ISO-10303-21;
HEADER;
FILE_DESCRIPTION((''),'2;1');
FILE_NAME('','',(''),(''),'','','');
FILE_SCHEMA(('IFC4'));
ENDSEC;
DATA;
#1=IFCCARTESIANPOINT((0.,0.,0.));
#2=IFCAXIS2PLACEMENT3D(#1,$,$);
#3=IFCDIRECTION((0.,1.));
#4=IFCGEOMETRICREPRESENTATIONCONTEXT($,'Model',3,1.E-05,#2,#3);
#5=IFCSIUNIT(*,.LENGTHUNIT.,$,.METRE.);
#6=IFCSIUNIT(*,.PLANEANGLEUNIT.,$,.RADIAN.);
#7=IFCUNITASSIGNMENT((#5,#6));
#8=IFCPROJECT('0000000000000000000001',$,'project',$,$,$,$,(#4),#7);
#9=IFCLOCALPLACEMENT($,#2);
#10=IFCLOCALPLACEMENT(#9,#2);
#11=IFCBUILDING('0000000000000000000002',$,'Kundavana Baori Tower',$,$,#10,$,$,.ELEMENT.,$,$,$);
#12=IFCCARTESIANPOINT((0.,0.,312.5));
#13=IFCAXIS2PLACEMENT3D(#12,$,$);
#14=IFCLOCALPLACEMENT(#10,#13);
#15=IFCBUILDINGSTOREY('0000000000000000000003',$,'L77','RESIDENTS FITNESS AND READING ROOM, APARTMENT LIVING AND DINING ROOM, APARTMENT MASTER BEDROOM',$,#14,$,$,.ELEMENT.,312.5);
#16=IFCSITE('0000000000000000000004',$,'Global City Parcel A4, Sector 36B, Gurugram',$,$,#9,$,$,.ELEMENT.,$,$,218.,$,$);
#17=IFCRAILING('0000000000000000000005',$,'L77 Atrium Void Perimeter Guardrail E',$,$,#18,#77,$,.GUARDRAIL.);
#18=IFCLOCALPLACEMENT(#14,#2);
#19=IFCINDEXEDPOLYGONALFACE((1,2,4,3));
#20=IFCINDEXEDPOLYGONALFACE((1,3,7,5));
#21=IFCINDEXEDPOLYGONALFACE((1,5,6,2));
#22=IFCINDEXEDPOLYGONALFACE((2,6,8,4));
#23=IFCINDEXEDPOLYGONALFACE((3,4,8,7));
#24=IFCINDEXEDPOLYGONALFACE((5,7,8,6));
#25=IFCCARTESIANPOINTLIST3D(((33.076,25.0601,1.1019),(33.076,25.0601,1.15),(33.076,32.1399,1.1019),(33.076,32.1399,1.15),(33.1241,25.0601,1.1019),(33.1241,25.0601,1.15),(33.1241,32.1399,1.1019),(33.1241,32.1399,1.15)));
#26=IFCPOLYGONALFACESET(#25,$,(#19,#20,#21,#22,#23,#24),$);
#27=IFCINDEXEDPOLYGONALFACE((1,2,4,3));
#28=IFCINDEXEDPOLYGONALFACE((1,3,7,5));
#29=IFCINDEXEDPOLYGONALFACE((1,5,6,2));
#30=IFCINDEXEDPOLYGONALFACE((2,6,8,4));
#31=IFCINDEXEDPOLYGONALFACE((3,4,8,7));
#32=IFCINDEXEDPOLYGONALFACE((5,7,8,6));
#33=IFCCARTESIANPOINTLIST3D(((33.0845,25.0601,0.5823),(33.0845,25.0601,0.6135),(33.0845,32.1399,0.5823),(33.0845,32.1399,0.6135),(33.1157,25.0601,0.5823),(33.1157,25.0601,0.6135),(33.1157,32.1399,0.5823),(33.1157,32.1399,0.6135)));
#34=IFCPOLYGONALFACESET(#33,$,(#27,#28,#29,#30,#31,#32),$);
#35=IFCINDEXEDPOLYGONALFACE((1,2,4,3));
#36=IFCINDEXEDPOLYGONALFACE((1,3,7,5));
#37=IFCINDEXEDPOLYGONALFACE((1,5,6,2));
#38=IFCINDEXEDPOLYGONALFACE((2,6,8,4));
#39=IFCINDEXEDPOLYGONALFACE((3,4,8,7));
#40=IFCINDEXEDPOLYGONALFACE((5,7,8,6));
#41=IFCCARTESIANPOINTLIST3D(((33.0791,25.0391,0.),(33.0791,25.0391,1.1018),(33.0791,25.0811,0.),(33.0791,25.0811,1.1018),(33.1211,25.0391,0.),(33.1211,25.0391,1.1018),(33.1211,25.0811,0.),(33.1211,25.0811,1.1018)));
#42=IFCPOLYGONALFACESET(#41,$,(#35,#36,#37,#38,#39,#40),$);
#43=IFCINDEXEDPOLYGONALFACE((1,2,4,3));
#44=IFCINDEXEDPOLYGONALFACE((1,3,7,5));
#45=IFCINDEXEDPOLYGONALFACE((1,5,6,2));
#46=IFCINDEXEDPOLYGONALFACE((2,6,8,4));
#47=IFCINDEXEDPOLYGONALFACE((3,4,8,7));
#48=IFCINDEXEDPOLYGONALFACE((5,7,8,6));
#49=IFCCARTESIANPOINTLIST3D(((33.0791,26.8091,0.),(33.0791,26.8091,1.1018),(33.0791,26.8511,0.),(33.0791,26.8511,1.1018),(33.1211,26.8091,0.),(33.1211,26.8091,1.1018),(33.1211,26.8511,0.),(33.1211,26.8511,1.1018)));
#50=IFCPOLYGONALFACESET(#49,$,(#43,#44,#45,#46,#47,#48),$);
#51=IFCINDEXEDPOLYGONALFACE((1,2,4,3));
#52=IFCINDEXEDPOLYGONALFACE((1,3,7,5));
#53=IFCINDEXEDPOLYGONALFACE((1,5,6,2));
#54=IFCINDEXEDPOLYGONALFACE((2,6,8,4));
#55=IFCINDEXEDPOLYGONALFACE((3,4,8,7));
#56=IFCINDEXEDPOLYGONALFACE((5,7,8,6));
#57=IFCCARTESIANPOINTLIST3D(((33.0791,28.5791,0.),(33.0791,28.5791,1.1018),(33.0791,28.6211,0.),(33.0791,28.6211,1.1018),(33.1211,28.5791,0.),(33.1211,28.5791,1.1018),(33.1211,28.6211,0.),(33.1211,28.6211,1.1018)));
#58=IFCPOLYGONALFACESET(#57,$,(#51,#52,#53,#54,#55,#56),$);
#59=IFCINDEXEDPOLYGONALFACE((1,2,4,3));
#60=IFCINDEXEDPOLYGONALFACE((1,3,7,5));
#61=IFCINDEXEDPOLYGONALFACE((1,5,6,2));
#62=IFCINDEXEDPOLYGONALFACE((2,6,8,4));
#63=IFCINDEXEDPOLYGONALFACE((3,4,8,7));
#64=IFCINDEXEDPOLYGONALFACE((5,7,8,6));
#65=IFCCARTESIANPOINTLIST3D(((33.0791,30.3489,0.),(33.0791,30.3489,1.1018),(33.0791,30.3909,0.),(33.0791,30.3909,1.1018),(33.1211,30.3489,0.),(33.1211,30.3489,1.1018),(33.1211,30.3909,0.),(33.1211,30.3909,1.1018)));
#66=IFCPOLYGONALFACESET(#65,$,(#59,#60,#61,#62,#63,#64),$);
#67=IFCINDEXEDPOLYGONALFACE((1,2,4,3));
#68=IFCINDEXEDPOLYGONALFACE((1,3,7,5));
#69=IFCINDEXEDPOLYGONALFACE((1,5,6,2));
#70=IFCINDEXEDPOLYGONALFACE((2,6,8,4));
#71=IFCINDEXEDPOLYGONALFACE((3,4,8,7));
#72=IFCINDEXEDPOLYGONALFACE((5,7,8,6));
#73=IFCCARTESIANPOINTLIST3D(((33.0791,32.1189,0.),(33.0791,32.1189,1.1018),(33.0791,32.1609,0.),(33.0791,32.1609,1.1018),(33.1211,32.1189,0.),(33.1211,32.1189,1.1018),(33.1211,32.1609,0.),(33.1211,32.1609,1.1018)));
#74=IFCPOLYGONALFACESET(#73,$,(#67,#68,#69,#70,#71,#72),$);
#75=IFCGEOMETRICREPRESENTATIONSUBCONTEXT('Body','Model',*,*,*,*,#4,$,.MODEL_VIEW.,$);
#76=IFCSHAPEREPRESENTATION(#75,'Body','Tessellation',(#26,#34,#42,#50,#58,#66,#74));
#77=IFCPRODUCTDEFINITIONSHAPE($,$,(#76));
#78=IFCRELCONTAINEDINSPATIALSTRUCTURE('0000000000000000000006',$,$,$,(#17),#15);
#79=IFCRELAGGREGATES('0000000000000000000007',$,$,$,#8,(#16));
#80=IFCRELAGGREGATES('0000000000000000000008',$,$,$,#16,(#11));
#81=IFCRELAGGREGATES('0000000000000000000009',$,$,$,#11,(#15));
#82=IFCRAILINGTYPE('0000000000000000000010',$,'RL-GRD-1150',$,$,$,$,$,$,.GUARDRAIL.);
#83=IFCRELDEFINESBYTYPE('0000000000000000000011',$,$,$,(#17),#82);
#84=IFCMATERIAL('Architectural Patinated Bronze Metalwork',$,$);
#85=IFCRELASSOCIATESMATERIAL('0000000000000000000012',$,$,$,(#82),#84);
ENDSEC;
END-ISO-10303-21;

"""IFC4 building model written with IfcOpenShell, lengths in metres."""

from ifc_helpers import new_model, si_unit, direction, frame, origin, origin_2d, place, context, subcontext, project, spatial, rectangle, extrude, material, type_object, element, save


model = new_model("IFC4")

# Units and contexts
model_context = context("Model", 3, precision=1e-05, world=origin(), true_north=direction((0.0, 1.0)))
body_context = subcontext(model_context, "Body", "Model", "MODEL_VIEW")
ifc_project = project(units=[si_unit("LENGTHUNIT", "METRE"), si_unit("PLANEANGLEUNIT", "RADIAN")], contexts=[model_context])

# Site, building, storey
site_placement = place(None, origin())
site = spatial("IfcSite", under=ifc_project, at=site_placement, Name="Global City Parcel A4, Sector 36B, Gurugram", CompositionType="ELEMENT", RefElevation=218.0)
building_placement = place(site_placement, origin())
building = spatial("IfcBuilding", under=site, at=building_placement, Name="Kundavana Baori Tower", CompositionType="ELEMENT")
storey_placement = place(building_placement, frame((0.0, 0.0, 312.5)))
storey = spatial("IfcBuildingStorey", under=building, at=storey_placement, Name="L77", Description="RESIDENTS FITNESS AND READING ROOM, APARTMENT LIVING AND DINING ROOM, APARTMENT MASTER BEDROOM", CompositionType="ELEMENT", Elevation=312.5)

# Railing
ifc_material_1 = material(Name="Architectural Patinated Bronze Metalwork")
railing_type = type_object("IfcRailingType", Name="RL-GRD-1150", PredefinedType="GUARDRAIL", material=ifc_material_1)
railing_1_placement = place(storey_placement, frame((33.1001, 25.0601, 0.0)))
element("IfcRailing", 1, at=railing_1_placement, inside=storey, type_object=railing_type, Name="L77 Atrium Void Perimeter Guardrail E", PredefinedType="GUARDRAIL", context=body_context, shape_type="SweptSolid", body=[
    extrude(rectangle(XDim=0.0481, YDim=0.0481, at=origin_2d()), frame((0.0, 0.0, 1.126), z_axis=(0.0, 1.0, 0.0), x_axis=(-1.0, 0.0, 0.0)), (0.0, 0.0, 1.0), 7.0798),
    extrude(rectangle(XDim=0.0312, YDim=0.0312, at=origin_2d()), frame((0.0, 0.0, 0.5979), z_axis=(0.0, 1.0, 0.0), x_axis=(-1.0, 0.0, 0.0)), (0.0, 0.0, 1.0), 7.0798),
    extrude(rectangle(XDim=0.042, YDim=0.042, at=origin_2d()), origin(), (0.0, 0.0, 1.0), 1.1018),
    extrude(rectangle(XDim=0.042, YDim=0.042, at=origin_2d()), frame((0.0, 1.77, 0.0)), (0.0, 0.0, 1.0), 1.1018),
    extrude(rectangle(XDim=0.042, YDim=0.042, at=origin_2d()), frame((0.0, 3.54, 0.0)), (0.0, 0.0, 1.0), 1.1018),
    extrude(rectangle(XDim=0.042, YDim=0.042, at=origin_2d()), frame((0.0, 5.3098, 0.0)), (0.0, 0.0, 1.0), 1.1018),
    extrude(rectangle(XDim=0.042, YDim=0.042, at=origin_2d()), frame((0.0, 7.0798, 0.0)), (0.0, 0.0, 1.0), 1.1018),
])

save(model, "model.ifc")
